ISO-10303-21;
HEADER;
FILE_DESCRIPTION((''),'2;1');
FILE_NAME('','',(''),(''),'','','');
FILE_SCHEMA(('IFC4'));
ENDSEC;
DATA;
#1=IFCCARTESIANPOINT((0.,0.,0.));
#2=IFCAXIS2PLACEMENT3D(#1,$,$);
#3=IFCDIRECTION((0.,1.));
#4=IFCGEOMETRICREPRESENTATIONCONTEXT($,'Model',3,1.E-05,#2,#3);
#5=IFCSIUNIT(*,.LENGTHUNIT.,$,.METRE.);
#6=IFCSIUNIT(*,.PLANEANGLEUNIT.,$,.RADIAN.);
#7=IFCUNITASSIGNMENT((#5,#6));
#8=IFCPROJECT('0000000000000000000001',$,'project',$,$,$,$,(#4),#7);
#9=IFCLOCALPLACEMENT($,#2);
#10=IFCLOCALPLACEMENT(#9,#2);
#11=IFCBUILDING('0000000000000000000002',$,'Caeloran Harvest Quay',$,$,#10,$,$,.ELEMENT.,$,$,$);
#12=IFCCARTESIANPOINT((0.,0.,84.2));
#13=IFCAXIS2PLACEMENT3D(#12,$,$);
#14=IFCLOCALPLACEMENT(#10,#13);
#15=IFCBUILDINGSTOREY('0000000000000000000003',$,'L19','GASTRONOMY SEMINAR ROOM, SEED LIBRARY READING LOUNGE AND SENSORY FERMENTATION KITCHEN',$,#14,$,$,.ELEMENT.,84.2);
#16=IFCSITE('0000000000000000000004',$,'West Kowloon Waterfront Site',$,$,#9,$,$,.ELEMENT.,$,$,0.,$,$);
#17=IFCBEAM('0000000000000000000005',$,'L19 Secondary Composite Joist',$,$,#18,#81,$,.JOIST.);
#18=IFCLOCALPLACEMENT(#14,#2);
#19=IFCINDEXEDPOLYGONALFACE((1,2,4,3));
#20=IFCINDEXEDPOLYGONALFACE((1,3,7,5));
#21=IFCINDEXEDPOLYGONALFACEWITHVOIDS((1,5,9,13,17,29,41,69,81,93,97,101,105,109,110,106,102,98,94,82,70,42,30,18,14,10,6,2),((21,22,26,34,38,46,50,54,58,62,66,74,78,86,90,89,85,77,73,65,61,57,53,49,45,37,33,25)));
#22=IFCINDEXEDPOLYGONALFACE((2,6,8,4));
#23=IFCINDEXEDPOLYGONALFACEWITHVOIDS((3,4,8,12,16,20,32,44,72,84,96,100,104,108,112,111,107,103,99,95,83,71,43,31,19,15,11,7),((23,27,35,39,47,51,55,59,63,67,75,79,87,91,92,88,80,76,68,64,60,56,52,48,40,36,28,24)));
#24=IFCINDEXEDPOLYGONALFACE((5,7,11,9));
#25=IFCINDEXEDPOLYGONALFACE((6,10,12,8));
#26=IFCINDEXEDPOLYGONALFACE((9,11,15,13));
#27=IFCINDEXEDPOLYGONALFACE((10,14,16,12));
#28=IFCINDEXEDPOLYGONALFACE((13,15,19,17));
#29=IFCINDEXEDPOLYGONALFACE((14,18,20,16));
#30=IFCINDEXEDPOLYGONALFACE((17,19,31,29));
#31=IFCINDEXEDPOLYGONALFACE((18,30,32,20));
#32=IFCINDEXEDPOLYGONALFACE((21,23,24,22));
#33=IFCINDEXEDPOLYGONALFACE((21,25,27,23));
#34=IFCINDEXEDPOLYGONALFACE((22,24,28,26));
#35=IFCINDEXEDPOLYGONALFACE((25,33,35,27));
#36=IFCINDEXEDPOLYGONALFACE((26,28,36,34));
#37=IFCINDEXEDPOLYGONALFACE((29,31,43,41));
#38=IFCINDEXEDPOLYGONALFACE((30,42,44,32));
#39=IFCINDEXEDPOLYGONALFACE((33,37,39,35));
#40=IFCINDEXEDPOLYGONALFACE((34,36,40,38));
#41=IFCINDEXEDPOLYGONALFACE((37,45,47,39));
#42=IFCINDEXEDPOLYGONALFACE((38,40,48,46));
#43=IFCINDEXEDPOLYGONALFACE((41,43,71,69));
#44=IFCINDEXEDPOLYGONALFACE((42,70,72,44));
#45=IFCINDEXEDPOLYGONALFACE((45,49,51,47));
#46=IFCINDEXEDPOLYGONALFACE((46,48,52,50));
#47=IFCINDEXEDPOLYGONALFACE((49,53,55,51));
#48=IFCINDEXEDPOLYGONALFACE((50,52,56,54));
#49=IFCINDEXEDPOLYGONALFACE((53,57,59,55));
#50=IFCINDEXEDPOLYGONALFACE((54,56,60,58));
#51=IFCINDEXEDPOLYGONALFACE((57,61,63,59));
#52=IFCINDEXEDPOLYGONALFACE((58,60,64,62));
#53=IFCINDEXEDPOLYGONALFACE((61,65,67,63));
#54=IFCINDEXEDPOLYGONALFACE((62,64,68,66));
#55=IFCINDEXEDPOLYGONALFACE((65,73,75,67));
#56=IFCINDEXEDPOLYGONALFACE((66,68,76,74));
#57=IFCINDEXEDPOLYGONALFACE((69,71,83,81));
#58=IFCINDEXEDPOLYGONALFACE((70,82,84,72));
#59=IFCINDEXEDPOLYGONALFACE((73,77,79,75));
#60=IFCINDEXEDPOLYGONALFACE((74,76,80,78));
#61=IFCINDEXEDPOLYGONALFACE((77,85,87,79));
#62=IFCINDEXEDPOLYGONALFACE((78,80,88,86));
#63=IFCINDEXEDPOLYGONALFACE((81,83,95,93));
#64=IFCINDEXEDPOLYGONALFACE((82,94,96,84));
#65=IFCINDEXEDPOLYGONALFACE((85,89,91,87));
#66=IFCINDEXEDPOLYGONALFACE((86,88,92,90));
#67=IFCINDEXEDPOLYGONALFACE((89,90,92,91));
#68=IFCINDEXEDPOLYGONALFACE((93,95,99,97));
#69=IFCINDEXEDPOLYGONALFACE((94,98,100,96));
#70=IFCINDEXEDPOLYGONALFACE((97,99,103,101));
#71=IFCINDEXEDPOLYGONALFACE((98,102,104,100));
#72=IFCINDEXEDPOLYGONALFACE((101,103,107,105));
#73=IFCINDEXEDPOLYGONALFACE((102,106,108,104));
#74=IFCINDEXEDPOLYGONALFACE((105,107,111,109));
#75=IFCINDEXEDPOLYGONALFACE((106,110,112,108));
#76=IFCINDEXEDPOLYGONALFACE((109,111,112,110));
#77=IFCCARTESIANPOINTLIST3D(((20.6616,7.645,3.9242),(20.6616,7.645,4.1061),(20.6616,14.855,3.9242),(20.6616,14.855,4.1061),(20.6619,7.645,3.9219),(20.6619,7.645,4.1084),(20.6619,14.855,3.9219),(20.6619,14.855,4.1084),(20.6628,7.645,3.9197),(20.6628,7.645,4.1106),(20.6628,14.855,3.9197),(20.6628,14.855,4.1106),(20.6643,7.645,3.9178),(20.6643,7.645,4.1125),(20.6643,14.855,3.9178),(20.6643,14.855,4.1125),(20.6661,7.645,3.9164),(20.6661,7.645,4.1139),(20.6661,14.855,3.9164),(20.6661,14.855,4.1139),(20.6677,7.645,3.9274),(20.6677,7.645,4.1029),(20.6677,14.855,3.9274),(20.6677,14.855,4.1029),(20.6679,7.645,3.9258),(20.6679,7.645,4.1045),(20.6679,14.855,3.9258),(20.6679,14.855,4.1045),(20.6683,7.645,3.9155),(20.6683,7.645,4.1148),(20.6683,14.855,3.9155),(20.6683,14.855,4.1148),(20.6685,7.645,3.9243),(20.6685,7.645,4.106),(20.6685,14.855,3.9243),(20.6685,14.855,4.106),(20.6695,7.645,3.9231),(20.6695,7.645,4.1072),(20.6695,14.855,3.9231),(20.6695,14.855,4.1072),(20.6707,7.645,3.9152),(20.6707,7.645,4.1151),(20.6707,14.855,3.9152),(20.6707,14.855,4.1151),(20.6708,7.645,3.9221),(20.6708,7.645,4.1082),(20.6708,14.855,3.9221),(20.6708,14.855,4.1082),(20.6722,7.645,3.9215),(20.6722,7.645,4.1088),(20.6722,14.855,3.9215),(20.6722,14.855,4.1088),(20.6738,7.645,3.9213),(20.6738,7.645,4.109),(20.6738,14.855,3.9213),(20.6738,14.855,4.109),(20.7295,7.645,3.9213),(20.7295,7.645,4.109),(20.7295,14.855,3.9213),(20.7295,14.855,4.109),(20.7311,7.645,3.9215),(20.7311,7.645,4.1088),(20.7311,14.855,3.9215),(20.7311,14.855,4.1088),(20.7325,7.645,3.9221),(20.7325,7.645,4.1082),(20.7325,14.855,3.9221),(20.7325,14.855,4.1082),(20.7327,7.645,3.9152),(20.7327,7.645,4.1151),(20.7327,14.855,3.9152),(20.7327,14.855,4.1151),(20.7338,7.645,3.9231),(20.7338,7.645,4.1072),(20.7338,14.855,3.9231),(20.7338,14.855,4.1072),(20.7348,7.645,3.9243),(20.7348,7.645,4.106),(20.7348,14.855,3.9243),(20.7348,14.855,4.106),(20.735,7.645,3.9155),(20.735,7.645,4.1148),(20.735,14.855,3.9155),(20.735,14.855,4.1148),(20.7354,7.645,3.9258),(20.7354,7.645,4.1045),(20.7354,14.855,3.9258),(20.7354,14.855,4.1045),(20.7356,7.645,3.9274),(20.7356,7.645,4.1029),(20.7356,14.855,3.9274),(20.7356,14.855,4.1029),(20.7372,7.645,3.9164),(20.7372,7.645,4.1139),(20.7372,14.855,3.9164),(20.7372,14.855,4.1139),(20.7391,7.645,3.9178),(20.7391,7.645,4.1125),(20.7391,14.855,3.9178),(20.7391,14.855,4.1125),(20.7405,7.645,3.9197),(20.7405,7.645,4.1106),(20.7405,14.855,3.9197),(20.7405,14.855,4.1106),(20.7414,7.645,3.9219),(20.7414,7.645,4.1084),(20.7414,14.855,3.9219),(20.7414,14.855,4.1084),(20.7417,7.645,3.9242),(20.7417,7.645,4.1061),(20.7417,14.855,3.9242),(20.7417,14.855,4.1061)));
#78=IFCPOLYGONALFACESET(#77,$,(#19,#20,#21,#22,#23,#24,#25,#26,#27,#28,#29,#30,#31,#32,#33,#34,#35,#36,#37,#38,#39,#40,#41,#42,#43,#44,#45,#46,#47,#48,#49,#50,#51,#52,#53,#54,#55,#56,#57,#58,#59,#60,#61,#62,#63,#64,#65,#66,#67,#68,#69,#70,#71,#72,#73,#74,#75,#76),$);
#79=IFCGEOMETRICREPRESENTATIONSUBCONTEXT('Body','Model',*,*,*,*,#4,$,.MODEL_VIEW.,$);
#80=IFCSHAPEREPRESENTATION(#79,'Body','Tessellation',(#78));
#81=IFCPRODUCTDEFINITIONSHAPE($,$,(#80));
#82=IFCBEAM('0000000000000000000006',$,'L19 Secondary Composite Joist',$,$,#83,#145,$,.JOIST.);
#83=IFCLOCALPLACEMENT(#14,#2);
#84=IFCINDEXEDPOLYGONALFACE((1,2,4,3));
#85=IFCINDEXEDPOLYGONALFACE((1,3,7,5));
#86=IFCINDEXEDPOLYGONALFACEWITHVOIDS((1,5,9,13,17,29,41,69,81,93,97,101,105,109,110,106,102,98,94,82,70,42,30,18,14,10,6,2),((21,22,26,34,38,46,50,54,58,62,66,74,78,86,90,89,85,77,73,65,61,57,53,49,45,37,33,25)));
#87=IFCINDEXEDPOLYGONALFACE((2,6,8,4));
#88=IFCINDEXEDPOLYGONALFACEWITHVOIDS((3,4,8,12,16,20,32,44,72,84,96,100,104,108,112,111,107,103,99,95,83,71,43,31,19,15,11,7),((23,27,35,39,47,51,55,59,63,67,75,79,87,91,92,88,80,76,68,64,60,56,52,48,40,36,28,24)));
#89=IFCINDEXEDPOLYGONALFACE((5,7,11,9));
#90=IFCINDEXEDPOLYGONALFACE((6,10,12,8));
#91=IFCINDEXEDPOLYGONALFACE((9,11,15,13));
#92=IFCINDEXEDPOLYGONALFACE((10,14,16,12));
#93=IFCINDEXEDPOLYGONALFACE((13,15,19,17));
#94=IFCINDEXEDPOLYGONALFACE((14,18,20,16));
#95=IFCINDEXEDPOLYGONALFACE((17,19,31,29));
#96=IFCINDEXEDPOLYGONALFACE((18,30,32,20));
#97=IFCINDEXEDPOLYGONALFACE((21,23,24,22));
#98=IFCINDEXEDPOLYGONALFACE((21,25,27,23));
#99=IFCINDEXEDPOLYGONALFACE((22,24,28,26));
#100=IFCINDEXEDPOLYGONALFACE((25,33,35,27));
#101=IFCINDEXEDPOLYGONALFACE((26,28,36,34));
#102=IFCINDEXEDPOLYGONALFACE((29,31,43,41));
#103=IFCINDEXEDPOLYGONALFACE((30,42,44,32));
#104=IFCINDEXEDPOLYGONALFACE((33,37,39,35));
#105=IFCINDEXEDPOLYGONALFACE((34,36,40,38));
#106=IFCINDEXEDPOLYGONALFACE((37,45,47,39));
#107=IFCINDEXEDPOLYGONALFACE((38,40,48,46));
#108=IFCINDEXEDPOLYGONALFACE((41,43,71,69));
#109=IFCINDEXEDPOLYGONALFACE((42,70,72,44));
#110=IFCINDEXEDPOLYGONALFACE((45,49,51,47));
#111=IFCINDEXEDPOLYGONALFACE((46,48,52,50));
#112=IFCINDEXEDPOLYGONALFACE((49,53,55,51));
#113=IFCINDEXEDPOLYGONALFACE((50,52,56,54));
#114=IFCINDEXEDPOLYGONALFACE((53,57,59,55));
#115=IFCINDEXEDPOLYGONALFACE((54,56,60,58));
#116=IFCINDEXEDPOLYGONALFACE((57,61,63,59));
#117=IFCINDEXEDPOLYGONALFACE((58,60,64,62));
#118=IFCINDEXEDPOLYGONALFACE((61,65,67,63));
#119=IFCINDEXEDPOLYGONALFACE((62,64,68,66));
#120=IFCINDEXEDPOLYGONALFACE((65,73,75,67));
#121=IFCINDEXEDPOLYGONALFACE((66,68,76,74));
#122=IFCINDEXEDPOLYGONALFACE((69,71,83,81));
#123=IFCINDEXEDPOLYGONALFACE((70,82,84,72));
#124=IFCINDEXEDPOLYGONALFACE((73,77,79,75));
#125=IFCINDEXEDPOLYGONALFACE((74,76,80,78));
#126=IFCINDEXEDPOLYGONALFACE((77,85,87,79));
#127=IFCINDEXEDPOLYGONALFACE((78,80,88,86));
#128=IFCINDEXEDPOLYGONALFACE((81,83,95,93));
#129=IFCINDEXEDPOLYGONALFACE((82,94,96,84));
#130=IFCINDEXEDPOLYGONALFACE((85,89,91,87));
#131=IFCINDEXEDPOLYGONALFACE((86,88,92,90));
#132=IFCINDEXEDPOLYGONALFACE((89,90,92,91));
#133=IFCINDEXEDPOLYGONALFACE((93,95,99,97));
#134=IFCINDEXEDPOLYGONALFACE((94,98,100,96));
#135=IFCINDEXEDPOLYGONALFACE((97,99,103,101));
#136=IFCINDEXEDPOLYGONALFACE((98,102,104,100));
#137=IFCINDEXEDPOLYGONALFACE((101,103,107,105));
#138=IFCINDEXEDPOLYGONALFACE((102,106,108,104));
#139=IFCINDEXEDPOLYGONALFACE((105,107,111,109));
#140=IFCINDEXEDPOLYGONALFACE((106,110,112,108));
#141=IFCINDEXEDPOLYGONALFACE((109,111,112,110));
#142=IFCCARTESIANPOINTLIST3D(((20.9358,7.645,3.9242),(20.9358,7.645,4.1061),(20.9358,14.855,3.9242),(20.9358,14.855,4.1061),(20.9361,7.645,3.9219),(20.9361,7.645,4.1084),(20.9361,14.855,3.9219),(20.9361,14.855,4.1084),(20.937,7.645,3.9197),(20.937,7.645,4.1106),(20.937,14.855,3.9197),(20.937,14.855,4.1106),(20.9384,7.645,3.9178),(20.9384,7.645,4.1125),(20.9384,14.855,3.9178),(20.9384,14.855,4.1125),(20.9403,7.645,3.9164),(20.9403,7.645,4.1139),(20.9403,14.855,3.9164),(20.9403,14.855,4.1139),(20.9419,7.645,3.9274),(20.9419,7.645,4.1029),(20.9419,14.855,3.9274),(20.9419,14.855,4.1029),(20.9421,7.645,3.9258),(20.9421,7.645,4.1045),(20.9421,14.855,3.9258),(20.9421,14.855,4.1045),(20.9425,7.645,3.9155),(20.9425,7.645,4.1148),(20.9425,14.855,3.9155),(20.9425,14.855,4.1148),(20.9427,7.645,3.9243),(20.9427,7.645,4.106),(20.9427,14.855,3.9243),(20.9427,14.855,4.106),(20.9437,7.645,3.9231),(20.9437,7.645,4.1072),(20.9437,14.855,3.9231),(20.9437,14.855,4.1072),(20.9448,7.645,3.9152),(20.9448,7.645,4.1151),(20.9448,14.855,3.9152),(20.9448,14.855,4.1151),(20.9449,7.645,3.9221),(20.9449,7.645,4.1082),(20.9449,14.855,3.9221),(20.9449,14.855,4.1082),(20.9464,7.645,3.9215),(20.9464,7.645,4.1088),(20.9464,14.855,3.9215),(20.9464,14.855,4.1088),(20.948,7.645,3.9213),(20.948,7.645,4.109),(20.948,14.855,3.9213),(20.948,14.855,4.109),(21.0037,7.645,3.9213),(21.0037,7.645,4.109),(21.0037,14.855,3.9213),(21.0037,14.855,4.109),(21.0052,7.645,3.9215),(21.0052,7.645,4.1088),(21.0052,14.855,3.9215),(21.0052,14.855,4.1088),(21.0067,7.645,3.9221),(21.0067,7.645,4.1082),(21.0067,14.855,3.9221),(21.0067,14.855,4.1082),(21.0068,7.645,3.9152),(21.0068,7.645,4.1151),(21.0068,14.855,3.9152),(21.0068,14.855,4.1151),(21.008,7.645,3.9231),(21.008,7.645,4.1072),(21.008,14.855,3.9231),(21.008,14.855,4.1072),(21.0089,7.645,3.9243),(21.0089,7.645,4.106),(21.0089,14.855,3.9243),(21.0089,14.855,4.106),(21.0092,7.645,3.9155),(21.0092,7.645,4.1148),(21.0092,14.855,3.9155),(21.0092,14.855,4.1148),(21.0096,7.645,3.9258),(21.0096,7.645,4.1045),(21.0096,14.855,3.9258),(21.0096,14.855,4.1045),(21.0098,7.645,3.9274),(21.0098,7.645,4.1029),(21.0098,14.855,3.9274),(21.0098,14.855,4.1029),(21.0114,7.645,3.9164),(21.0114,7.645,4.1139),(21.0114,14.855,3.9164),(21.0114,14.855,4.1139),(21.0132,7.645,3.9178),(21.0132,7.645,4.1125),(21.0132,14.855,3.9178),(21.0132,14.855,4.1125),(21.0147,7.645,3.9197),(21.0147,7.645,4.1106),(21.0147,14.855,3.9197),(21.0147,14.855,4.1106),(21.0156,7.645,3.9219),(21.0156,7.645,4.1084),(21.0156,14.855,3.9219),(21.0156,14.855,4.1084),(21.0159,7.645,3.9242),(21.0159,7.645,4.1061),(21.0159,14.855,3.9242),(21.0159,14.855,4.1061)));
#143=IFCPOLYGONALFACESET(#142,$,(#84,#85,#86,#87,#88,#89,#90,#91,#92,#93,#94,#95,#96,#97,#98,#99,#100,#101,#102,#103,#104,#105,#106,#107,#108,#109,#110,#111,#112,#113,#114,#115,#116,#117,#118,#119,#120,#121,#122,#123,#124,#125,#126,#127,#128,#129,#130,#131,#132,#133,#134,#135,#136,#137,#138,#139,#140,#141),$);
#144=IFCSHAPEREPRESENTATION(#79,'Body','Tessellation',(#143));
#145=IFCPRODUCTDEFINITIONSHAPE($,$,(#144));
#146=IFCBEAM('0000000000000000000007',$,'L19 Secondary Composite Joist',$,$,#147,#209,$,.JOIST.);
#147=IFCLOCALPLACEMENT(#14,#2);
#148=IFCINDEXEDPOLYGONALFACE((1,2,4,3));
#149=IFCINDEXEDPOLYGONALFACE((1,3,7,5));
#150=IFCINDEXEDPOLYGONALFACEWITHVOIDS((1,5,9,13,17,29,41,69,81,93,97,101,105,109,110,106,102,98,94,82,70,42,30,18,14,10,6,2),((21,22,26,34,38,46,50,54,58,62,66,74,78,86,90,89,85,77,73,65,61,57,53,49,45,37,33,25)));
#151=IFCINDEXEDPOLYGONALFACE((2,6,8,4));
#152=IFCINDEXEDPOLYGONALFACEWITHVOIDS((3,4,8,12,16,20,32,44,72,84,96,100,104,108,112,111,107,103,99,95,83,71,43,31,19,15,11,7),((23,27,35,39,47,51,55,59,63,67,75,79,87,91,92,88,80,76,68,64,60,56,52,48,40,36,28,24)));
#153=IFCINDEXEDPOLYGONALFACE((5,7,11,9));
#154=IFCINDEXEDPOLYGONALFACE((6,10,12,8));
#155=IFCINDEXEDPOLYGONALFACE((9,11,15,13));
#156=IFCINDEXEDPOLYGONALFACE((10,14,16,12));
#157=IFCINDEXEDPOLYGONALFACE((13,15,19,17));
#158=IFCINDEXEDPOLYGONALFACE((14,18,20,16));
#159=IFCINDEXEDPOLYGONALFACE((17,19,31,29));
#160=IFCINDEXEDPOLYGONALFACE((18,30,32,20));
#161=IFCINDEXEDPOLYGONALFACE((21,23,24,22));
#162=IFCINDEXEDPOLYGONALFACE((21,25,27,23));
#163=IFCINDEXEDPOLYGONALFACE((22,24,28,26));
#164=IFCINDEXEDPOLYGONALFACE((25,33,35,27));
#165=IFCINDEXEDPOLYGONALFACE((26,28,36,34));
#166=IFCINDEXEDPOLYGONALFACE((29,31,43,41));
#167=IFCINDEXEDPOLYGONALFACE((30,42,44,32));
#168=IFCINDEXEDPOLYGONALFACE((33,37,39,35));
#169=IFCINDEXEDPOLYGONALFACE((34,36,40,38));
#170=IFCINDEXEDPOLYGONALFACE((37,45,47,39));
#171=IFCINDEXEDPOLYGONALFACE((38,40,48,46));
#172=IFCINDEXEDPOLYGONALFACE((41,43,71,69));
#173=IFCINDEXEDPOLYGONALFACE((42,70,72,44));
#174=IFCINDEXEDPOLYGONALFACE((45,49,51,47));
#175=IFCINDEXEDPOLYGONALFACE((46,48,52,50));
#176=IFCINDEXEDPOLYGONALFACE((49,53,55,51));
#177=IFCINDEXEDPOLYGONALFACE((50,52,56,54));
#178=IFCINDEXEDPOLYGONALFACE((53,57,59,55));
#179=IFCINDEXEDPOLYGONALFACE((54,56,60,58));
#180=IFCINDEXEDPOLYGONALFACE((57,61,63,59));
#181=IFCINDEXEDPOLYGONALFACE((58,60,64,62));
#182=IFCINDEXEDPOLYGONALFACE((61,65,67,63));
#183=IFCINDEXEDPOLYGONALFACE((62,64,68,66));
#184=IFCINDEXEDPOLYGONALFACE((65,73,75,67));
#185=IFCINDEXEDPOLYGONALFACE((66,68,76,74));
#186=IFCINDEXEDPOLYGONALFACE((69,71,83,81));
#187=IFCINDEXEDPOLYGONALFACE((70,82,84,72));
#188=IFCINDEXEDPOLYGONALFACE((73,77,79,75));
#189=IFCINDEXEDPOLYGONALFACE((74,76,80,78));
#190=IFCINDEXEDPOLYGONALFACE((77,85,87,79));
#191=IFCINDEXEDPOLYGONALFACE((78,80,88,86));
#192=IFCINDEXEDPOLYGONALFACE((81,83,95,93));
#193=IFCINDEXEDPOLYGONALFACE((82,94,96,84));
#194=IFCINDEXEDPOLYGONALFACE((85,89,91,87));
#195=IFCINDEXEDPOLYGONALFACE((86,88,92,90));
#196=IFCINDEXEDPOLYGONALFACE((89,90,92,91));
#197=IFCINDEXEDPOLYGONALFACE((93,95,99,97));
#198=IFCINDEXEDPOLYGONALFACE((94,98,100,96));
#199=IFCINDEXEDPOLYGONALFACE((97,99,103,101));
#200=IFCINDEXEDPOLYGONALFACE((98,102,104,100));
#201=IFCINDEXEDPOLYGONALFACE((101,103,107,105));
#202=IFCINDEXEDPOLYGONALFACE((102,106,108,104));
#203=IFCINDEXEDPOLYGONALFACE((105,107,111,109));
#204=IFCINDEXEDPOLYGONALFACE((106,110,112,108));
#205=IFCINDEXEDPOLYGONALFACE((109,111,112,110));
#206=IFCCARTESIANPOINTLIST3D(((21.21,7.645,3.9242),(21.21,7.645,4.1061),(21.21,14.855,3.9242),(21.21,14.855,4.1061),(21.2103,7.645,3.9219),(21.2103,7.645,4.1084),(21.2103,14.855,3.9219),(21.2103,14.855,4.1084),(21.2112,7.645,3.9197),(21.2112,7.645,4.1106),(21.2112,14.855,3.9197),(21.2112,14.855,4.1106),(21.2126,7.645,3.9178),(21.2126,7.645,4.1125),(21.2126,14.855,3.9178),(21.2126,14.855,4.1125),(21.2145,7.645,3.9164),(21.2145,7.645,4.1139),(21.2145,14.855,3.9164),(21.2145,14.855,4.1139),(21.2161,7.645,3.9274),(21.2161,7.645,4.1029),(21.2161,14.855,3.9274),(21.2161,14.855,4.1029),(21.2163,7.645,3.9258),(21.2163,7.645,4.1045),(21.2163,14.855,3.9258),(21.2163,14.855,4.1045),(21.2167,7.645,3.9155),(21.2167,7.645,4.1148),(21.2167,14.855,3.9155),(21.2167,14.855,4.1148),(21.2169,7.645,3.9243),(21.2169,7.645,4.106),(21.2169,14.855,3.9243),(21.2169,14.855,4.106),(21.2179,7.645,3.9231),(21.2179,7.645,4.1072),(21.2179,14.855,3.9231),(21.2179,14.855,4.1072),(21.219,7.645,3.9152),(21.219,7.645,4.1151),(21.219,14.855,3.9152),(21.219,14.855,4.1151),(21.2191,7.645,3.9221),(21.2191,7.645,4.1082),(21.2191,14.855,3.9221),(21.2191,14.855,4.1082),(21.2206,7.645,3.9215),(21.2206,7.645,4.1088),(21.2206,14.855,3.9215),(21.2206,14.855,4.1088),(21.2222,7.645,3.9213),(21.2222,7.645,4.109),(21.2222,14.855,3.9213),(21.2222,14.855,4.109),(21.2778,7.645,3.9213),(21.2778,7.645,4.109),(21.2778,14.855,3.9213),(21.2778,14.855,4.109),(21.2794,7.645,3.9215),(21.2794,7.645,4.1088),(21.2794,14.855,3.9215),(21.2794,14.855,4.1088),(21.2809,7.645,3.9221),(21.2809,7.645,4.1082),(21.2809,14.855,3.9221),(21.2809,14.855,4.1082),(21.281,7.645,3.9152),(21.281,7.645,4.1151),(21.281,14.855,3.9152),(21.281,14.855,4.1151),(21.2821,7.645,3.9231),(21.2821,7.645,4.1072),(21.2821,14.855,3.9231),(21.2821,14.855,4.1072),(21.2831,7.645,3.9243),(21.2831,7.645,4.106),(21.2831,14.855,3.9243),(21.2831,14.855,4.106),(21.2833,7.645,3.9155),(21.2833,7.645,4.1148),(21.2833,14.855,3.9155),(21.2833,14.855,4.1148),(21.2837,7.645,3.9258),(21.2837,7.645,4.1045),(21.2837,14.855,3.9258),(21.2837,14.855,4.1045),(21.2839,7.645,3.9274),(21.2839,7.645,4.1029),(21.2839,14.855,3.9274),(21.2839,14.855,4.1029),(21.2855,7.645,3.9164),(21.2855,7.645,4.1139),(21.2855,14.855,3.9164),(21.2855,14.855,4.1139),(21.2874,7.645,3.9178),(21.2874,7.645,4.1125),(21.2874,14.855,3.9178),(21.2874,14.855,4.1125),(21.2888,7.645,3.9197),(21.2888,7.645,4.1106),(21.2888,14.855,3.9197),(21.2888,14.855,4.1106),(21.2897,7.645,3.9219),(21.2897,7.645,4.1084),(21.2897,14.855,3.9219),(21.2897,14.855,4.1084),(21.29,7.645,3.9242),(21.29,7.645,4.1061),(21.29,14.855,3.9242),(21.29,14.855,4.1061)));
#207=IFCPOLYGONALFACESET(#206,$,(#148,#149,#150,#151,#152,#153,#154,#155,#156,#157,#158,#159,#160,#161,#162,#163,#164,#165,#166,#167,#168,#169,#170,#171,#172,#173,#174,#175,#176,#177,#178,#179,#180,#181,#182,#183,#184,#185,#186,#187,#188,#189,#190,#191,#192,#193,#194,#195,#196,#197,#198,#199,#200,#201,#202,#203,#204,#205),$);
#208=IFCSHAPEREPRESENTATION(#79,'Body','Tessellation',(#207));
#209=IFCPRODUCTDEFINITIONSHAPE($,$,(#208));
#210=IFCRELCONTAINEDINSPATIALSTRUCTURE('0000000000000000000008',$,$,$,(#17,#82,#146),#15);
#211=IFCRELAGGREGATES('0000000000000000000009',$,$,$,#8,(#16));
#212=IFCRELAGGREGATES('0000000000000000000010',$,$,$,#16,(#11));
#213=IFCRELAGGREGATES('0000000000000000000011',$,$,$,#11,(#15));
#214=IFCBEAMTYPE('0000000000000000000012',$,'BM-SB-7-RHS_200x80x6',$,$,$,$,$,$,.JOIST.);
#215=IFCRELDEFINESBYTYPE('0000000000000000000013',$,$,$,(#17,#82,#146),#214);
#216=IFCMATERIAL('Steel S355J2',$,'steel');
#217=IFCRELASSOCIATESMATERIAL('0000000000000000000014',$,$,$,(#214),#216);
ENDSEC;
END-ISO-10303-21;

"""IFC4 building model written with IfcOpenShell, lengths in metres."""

from ifc_helpers import new_model, si_unit, direction, frame, origin, origin_2d, place, context, subcontext, project, spatial, hollow_rectangle, extrude, material, material_profile, profile_set, type_object, element, save


model = new_model("IFC4")

# Units and contexts
model_context = context("Model", 3, precision=1e-05, world=origin(), true_north=direction((0.0, 1.0)))
body_context = subcontext(model_context, "Body", "Model", "MODEL_VIEW")
ifc_project = project(units=[si_unit("LENGTHUNIT", "METRE"), si_unit("PLANEANGLEUNIT", "RADIAN")], contexts=[model_context])

# Site, building, storey
site_placement = place(None, origin())
site = spatial("IfcSite", under=ifc_project, at=site_placement, Name="West Kowloon Waterfront Site", CompositionType="ELEMENT", RefElevation=0.0)
building_placement = place(site_placement, origin())
building = spatial("IfcBuilding", under=site, at=building_placement, Name="Caeloran Harvest Quay", CompositionType="ELEMENT")
storey_placement = place(building_placement, frame((0.0, 0.0, 84.2)))
storey = spatial("IfcBuildingStorey", under=building, at=storey_placement, Name="L19", Description="GASTRONOMY SEMINAR ROOM, SEED LIBRARY READING LOUNGE AND SENSORY FERMENTATION KITCHEN", CompositionType="ELEMENT", Elevation=84.2)

# Beams
ifc_material_1 = material(Name="Steel S355J2", Category="steel")
ifc_material_profile_1 = material_profile(ifc_material_1, hollow_rectangle(XDim=0.0801, YDim=0.2, WallThickness=0.0061, InnerFilletRadius=0.0061, OuterFilletRadius=0.009, at=origin_2d()), Name="RHS 200x80x6")
ifc_profile_set_1 = profile_set([ifc_material_profile_1], Name="Steel S355J2")
beam_type_1 = type_object("IfcBeamType", Name="BM-SB-7-RHS_200x80x6", PredefinedType="JOIST", material=ifc_profile_set_1)
for number, where, z_axis, x_axis, name in (
    (1, (20.7017, 7.645, 4.0151), (0.0, 1.0, 0.0), (-1.0, 0.0, 0.0), "L19 Secondary Composite Joist"),
    (2, (20.9758, 7.645, 4.0151), (0.0, 1.0, 0.0), (-1.0, 0.0, 0.0), "L19 Secondary Composite Joist"),
    (3, (21.25, 7.645, 4.0151), (0.0, 1.0, 0.0), (-1.0, 0.0, 0.0), "L19 Secondary Composite Joist"),
):
    element("IfcBeam", number, at=place(storey_placement, frame(where, z_axis=z_axis, x_axis=x_axis)), inside=storey, type_object=beam_type_1, Name=name, PredefinedType="JOIST", context=body_context, shape_type="SweptSolid", body=[
        extrude(hollow_rectangle(XDim=0.0801, YDim=0.2, WallThickness=0.0061, InnerFilletRadius=0.0061, OuterFilletRadius=0.009, at=origin_2d()), origin(), (0.0, 0.0, 1.0), 7.21),
    ])

save(model, "model.ifc")
